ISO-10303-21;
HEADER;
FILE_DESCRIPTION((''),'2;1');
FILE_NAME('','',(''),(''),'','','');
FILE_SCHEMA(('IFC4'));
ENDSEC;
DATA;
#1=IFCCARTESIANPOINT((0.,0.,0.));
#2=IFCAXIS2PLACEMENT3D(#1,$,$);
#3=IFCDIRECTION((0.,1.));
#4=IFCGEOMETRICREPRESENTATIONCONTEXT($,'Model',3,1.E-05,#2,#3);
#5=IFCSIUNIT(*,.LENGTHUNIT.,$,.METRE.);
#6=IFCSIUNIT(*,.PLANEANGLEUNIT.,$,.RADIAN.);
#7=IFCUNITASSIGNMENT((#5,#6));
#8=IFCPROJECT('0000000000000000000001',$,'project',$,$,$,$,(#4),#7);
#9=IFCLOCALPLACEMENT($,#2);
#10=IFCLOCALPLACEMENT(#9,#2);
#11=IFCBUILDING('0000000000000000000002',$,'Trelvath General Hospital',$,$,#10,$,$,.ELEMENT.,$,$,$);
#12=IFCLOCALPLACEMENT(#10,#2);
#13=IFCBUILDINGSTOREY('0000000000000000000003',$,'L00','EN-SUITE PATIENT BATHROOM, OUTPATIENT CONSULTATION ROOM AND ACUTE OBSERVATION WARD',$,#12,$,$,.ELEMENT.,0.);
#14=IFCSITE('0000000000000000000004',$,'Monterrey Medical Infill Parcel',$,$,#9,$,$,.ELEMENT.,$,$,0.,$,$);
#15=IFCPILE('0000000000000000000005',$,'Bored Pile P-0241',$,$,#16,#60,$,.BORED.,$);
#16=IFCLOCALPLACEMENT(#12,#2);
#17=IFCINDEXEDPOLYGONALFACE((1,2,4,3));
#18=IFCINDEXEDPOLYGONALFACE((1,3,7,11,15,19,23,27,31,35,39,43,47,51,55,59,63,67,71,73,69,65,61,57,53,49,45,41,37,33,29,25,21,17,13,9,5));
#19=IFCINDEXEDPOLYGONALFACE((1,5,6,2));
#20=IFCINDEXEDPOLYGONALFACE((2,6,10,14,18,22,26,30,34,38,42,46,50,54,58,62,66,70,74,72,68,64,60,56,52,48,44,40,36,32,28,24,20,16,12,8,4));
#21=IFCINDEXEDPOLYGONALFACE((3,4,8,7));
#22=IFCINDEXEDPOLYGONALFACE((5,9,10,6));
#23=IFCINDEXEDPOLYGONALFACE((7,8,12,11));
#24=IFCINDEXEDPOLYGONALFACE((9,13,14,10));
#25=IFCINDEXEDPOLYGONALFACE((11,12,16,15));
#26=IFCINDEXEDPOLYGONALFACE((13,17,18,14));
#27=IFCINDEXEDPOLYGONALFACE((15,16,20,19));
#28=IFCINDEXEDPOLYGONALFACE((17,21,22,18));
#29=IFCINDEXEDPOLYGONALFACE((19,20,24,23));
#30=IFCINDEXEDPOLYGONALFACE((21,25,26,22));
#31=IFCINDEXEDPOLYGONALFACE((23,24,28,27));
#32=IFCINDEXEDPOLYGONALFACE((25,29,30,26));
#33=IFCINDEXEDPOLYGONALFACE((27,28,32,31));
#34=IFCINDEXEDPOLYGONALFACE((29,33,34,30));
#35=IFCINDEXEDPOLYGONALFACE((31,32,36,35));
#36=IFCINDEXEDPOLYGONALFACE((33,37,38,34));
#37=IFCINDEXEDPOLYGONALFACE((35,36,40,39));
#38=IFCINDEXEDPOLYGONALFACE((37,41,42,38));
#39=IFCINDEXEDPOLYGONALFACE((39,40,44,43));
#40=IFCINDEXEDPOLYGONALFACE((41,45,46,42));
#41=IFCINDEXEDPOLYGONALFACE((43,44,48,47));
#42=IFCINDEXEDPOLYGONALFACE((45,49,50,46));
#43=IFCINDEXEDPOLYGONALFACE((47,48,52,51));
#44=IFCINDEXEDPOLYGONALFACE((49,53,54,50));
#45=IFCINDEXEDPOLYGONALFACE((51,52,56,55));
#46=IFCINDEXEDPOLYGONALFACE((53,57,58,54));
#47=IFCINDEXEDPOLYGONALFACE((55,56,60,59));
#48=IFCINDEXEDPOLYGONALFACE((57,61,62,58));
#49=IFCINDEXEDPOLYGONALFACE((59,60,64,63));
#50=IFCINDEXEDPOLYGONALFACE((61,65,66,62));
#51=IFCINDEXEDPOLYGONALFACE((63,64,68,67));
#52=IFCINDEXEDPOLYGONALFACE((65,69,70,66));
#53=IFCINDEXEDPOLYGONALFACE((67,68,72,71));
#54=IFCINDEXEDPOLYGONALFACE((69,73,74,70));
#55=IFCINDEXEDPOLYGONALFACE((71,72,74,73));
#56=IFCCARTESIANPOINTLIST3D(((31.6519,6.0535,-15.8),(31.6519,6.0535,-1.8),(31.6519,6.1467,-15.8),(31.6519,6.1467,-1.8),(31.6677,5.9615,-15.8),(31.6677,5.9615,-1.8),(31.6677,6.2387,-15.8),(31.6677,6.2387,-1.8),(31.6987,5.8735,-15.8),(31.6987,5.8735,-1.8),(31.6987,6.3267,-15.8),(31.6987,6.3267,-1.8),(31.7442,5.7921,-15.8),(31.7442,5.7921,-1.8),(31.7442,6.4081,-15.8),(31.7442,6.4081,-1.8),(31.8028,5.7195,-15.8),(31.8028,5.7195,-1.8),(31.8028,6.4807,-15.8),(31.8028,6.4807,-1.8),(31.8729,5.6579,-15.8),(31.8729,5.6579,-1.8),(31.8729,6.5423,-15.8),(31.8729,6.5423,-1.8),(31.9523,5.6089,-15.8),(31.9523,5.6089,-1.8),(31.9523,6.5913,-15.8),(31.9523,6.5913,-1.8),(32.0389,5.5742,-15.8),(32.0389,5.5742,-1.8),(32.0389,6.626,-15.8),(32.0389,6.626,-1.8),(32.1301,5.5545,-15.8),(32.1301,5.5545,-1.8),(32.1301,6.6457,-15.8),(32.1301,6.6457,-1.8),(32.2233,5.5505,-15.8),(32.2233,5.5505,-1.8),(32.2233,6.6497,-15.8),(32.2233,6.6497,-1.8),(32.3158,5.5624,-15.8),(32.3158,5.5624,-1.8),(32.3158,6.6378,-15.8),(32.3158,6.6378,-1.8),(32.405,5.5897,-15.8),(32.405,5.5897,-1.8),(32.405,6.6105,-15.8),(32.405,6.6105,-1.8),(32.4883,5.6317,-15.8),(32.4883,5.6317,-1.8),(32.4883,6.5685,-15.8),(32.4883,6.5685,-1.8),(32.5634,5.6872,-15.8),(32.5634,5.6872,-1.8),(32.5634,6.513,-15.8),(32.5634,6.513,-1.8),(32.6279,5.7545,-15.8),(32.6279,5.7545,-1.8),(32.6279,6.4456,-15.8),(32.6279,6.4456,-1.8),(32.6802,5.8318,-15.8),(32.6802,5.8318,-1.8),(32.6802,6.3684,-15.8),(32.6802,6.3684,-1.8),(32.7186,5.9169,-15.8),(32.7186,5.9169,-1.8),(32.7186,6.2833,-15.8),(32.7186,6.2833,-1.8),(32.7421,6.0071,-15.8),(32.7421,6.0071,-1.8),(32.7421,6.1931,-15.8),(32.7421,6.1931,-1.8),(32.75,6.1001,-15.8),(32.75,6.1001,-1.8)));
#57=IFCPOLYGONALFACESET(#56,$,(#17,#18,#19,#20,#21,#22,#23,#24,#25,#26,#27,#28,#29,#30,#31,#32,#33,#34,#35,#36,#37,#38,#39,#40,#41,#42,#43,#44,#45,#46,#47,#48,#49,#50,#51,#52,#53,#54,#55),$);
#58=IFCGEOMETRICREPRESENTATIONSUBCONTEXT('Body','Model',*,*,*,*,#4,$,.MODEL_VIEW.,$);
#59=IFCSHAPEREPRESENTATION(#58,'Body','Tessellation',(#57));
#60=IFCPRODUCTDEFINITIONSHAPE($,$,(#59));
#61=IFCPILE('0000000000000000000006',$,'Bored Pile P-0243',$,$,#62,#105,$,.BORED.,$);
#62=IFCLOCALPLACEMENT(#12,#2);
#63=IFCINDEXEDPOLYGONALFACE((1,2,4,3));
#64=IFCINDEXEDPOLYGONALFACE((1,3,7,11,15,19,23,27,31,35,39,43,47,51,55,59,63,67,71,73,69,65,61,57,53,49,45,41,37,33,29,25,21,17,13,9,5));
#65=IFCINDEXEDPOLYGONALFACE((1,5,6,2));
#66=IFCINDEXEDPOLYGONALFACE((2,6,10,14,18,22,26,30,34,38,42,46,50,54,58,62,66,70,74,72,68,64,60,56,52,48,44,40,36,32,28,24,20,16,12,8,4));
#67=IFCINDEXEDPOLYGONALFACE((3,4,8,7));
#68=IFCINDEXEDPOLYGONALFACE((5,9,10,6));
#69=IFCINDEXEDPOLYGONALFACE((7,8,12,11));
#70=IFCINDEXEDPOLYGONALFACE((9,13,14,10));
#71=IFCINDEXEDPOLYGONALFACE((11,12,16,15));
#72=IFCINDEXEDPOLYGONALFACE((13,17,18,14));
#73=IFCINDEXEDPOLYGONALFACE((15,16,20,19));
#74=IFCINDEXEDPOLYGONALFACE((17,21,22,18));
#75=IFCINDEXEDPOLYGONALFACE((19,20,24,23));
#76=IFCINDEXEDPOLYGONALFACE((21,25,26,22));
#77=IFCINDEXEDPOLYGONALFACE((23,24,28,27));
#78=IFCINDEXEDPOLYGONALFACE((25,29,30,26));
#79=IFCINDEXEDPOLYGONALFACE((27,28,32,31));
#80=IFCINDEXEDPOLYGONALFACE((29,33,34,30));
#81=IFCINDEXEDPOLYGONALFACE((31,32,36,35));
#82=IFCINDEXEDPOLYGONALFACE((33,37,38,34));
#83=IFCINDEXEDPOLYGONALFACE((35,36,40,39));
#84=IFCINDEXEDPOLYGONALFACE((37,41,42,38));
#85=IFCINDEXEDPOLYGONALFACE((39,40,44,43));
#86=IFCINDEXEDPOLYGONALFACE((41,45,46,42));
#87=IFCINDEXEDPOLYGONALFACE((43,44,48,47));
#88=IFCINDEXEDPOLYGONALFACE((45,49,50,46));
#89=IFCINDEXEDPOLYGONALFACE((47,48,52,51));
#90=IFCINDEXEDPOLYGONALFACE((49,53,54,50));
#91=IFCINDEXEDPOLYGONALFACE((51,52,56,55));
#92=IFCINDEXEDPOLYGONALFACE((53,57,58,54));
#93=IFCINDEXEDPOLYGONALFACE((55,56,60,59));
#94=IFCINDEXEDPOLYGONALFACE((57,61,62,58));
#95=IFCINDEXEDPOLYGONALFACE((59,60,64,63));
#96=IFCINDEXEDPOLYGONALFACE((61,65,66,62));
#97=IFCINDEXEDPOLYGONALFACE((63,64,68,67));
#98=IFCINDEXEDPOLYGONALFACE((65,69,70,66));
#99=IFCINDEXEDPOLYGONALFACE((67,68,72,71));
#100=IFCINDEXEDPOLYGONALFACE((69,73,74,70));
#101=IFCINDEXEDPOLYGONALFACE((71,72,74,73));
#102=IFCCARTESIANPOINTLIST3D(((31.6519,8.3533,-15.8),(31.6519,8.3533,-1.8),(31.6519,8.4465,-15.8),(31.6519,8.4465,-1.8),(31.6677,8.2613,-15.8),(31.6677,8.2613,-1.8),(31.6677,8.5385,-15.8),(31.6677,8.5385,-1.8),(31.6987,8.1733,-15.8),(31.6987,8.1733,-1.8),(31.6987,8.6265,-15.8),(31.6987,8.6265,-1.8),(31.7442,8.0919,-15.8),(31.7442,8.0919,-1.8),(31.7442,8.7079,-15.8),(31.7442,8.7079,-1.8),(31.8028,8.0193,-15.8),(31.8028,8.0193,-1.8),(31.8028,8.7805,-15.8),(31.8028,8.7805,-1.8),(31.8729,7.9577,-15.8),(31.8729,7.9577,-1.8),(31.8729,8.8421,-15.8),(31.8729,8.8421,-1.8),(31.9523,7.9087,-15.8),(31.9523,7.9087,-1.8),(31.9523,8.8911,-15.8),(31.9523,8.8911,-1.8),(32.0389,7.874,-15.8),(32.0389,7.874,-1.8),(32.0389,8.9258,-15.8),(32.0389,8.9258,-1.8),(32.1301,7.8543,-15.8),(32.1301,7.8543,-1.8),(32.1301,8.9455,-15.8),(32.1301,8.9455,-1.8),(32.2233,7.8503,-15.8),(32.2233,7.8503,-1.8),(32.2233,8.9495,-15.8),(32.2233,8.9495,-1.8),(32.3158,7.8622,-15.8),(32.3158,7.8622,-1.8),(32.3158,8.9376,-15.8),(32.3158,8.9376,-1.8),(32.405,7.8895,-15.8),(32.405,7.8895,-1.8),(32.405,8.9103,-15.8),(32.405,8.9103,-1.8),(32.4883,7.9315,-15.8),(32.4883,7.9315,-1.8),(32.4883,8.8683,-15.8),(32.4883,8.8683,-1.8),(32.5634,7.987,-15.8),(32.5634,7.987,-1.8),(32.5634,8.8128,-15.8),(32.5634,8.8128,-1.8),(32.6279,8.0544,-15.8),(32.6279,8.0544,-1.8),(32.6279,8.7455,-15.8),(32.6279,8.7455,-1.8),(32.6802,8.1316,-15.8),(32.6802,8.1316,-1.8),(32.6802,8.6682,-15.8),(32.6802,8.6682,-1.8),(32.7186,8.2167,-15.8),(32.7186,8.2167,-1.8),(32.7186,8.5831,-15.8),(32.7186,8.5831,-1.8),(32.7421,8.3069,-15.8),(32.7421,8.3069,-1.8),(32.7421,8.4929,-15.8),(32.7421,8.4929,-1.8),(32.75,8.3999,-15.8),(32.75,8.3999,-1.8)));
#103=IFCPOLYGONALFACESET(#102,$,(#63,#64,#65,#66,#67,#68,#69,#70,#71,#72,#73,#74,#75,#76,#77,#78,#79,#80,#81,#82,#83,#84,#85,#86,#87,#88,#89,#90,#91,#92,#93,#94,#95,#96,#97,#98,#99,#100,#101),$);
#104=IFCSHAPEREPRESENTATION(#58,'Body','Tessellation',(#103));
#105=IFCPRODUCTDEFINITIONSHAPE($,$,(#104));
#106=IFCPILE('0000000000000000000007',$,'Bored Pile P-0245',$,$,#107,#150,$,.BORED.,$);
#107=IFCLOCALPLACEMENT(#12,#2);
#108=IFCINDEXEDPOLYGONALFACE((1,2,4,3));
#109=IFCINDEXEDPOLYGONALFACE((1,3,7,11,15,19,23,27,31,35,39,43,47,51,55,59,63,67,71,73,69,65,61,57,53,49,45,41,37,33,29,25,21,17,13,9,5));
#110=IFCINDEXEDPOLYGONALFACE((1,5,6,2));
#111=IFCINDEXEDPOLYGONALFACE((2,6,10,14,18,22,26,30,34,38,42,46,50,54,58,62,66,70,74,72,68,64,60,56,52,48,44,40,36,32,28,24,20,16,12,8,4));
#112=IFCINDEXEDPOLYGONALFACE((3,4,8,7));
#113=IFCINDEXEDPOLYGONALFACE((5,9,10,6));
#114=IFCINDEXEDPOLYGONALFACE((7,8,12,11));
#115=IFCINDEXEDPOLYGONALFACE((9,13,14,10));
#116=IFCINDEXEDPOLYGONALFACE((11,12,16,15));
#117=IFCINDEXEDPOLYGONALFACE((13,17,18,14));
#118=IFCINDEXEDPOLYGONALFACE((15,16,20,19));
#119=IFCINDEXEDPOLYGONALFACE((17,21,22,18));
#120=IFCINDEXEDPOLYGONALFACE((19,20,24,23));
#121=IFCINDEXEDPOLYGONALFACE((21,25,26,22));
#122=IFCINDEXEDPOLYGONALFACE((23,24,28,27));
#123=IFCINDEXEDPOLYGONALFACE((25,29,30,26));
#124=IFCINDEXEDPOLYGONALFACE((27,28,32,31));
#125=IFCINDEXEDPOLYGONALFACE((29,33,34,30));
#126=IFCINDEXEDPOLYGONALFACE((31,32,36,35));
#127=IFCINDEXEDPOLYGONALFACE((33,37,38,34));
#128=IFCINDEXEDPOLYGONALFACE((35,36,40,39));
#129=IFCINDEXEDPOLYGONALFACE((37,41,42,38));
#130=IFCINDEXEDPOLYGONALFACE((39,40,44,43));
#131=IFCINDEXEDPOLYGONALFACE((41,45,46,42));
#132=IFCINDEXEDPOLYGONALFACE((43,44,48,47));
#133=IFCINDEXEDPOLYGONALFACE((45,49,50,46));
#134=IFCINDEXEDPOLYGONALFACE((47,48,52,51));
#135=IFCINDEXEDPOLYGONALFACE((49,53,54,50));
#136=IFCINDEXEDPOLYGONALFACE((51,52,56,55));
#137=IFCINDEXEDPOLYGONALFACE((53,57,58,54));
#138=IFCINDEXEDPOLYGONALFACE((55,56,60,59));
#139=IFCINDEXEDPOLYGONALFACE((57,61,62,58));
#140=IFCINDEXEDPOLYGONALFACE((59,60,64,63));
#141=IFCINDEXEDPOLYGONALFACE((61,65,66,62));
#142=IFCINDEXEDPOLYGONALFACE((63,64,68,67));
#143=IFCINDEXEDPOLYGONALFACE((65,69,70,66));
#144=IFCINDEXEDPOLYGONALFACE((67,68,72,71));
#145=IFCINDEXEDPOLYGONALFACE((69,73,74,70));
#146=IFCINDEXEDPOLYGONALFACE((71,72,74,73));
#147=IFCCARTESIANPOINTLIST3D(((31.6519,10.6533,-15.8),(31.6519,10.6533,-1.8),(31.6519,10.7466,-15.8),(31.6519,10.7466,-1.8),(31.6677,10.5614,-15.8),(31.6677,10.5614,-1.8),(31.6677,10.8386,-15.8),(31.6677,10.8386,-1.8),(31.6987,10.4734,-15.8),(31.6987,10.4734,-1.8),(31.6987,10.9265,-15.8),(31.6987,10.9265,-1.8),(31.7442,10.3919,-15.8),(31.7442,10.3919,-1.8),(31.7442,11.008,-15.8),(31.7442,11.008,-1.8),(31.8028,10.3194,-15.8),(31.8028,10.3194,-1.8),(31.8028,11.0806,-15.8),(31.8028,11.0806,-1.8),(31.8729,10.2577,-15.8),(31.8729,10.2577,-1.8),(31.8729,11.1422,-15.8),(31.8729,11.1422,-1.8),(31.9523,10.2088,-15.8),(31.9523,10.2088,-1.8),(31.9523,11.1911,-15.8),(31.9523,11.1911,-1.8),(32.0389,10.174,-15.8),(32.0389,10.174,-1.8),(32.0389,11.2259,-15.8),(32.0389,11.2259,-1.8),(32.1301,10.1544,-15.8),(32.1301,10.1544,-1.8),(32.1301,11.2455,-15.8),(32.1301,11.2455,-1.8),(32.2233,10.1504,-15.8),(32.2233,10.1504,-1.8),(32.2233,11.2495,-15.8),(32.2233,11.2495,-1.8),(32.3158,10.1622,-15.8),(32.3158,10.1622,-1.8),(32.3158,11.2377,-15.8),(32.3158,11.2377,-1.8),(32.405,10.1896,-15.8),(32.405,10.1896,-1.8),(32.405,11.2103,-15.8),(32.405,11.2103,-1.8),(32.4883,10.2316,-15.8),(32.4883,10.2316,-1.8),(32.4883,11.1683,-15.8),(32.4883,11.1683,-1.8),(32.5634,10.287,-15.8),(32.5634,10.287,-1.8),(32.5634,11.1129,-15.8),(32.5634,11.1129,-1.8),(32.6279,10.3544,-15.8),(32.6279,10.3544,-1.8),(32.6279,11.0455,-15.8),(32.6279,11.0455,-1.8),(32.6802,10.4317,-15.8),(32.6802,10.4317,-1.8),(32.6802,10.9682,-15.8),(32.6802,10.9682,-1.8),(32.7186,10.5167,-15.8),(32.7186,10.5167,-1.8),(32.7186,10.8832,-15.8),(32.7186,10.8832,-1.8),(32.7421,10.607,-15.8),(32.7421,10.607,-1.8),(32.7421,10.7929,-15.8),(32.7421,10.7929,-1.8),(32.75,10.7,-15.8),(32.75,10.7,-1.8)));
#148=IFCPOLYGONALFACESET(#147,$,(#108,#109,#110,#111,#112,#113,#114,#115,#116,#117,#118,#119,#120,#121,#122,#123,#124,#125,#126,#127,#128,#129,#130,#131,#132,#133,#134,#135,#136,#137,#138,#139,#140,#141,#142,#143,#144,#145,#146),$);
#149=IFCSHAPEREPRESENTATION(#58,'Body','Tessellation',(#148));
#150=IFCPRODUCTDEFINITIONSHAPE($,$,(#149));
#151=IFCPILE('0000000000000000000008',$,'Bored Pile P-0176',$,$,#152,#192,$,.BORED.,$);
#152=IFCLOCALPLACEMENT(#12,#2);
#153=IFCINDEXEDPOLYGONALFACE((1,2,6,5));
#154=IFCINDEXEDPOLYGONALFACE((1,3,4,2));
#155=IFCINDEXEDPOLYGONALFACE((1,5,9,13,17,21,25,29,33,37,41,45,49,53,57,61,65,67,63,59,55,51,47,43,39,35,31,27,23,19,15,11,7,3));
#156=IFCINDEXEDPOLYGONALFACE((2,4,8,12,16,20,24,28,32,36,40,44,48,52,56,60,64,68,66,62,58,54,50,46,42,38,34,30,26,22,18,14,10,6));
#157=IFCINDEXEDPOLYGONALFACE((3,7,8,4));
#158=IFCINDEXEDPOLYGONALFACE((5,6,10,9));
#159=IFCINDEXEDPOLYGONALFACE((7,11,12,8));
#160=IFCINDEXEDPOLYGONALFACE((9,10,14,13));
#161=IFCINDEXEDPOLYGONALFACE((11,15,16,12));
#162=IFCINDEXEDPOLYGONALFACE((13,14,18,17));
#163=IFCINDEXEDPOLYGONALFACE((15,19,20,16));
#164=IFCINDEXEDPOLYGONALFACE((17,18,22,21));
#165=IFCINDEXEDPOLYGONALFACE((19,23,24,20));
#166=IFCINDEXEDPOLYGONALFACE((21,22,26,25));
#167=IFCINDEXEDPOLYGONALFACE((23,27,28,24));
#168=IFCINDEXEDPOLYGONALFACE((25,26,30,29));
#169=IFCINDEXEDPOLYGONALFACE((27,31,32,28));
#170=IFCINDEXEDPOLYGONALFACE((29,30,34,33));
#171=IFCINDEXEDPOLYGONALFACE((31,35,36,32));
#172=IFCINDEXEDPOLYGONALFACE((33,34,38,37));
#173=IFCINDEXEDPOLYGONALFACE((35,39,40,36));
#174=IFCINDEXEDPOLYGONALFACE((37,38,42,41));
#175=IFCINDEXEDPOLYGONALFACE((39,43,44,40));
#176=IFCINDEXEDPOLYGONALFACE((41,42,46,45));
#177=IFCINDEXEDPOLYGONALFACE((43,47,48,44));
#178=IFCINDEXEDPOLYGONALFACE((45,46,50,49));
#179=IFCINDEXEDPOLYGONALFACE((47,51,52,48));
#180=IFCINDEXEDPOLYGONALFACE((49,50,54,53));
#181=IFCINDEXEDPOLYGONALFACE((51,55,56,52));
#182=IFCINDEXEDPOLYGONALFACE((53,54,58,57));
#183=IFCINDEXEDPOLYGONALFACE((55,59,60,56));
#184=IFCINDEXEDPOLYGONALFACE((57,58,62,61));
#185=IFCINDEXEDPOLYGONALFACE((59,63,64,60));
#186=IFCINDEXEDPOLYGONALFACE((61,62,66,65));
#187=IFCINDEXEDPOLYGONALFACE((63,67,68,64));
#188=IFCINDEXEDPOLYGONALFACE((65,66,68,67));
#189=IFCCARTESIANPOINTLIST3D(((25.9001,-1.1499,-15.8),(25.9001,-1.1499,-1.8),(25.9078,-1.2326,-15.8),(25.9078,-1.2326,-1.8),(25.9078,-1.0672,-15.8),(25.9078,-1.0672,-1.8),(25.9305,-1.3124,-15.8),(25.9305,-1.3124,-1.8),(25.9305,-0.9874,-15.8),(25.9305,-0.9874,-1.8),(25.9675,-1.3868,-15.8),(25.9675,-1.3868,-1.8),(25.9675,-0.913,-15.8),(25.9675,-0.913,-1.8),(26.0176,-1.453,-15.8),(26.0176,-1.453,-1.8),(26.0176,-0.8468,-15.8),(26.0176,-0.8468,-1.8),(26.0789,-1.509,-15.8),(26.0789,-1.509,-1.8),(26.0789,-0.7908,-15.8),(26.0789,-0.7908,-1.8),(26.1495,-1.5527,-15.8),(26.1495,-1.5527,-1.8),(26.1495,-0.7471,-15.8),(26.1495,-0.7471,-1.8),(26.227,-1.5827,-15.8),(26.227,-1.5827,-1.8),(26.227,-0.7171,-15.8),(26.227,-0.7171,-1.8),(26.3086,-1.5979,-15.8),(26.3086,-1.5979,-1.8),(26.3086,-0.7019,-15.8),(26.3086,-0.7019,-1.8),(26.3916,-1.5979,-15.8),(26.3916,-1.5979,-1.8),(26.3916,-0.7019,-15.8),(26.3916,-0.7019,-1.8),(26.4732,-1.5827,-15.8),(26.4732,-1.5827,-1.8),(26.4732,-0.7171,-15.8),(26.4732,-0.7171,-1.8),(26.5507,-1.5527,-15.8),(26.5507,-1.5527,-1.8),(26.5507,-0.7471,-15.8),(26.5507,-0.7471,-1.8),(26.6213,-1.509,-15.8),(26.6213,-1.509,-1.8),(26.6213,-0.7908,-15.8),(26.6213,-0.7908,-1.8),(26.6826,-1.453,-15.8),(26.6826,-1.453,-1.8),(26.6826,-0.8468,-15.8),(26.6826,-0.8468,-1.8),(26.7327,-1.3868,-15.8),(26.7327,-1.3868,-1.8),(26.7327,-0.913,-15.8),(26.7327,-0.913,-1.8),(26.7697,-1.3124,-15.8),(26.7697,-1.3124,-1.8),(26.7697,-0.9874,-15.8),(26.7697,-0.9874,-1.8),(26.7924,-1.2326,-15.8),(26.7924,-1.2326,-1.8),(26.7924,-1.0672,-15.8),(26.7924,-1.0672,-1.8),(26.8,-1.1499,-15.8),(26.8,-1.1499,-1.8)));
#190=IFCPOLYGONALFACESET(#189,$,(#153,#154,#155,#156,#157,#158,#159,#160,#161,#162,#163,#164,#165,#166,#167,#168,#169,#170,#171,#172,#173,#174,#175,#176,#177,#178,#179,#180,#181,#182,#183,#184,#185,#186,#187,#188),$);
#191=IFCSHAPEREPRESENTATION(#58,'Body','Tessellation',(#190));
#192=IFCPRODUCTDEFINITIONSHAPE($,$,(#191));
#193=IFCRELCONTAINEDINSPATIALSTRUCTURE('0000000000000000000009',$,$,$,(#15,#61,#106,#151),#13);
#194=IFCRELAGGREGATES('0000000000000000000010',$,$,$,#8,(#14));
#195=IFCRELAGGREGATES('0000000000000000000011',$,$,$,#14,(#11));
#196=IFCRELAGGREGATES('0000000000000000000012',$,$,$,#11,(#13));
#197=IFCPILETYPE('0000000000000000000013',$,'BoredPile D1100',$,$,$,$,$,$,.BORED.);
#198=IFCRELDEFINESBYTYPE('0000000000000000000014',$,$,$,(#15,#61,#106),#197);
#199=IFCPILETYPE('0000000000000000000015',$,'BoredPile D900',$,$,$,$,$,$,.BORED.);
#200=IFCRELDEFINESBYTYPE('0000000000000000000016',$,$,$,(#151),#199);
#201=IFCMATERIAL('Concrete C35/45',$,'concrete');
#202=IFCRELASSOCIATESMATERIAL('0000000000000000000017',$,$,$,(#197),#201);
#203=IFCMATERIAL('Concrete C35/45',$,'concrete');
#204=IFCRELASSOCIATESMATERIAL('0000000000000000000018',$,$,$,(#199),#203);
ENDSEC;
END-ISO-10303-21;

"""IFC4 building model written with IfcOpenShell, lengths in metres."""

from ifc_helpers import new_model, si_unit, direction, frame, origin, origin_2d, place, context, subcontext, project, spatial, circle, extrude, material, material_profile, profile_set, type_object, element, save


model = new_model("IFC4")

# Units and contexts
model_context = context("Model", 3, precision=1e-05, world=origin(), true_north=direction((0.0, 1.0)))
body_context = subcontext(model_context, "Body", "Model", "MODEL_VIEW")
ifc_project = project(units=[si_unit("LENGTHUNIT", "METRE"), si_unit("PLANEANGLEUNIT", "RADIAN")], contexts=[model_context])

# Site, building, storey
site_placement = place(None, origin())
site = spatial("IfcSite", under=ifc_project, at=site_placement, Name="Monterrey Medical Infill Parcel", CompositionType="ELEMENT", RefElevation=0.0)
building_placement = place(site_placement, origin())
building = spatial("IfcBuilding", under=site, at=building_placement, Name="Trelvath General Hospital", CompositionType="ELEMENT")
storey_placement = place(building_placement, origin())
storey = spatial("IfcBuildingStorey", under=building, at=storey_placement, Name="L00", Description="EN-SUITE PATIENT BATHROOM, OUTPATIENT CONSULTATION ROOM AND ACUTE OBSERVATION WARD", CompositionType="ELEMENT", Elevation=0.0)

# Piles
ifc_material_1 = material(Name="Concrete C35/45", Category="concrete")
ifc_material_profile_1 = material_profile(ifc_material_1, circle(Radius=0.55, at=origin_2d()), Name="PILE1100")
ifc_profile_set_1 = profile_set([ifc_material_profile_1], Name="Concrete C35/45")
pile_type_1 = type_object("IfcPileType", Name="BoredPile D1100", PredefinedType="BORED", material=ifc_profile_set_1)
for number, where, z_axis, x_axis, name in (
    (1, (32.2, 6.1001, -1.8), (0.0, 0.0, -1.0), (1.0, 0.0, 0.0), "Bored Pile P-0241"),
    (2, (32.2, 8.3999, -1.8), (0.0, 0.0, -1.0), (1.0, 0.0, 0.0), "Bored Pile P-0243"),
    (3, (32.2, 10.7, -1.8), (0.0, 0.0, -1.0), (1.0, 0.0, 0.0), "Bored Pile P-0245"),
):
    element("IfcPile", number, at=place(storey_placement, frame(where, z_axis=z_axis, x_axis=x_axis)), inside=storey, type_object=pile_type_1, Name=name, PredefinedType="BORED", context=body_context, shape_type="SweptSolid", body=[
        extrude(circle(Radius=0.55, at=origin_2d()), origin(), (0.0, 0.0, 1.0), 14.0),
    ])
ifc_material_2 = material(Name="Concrete C35/45", Category="concrete")
ifc_material_profile_2 = material_profile(ifc_material_2, circle(Radius=0.45, at=origin_2d()), Name="PILE900")
ifc_profile_set_2 = profile_set([ifc_material_profile_2], Name="Concrete C35/45")
pile_type_2 = type_object("IfcPileType", Name="BoredPile D900", PredefinedType="BORED", material=ifc_profile_set_2)
for number, where, z_axis, x_axis, name in (
    (4, (26.3501, -1.1499, -1.8), (0.0, 0.0, -1.0), (1.0, 0.0, 0.0), "Bored Pile P-0176"),
):
    element("IfcPile", number, at=place(storey_placement, frame(where, z_axis=z_axis, x_axis=x_axis)), inside=storey, type_object=pile_type_2, Name=name, PredefinedType="BORED", context=body_context, shape_type="SweptSolid", body=[
        extrude(circle(Radius=0.45, at=origin_2d()), origin(), (0.0, 0.0, 1.0), 14.0),
    ])

save(model, "model.ifc")
